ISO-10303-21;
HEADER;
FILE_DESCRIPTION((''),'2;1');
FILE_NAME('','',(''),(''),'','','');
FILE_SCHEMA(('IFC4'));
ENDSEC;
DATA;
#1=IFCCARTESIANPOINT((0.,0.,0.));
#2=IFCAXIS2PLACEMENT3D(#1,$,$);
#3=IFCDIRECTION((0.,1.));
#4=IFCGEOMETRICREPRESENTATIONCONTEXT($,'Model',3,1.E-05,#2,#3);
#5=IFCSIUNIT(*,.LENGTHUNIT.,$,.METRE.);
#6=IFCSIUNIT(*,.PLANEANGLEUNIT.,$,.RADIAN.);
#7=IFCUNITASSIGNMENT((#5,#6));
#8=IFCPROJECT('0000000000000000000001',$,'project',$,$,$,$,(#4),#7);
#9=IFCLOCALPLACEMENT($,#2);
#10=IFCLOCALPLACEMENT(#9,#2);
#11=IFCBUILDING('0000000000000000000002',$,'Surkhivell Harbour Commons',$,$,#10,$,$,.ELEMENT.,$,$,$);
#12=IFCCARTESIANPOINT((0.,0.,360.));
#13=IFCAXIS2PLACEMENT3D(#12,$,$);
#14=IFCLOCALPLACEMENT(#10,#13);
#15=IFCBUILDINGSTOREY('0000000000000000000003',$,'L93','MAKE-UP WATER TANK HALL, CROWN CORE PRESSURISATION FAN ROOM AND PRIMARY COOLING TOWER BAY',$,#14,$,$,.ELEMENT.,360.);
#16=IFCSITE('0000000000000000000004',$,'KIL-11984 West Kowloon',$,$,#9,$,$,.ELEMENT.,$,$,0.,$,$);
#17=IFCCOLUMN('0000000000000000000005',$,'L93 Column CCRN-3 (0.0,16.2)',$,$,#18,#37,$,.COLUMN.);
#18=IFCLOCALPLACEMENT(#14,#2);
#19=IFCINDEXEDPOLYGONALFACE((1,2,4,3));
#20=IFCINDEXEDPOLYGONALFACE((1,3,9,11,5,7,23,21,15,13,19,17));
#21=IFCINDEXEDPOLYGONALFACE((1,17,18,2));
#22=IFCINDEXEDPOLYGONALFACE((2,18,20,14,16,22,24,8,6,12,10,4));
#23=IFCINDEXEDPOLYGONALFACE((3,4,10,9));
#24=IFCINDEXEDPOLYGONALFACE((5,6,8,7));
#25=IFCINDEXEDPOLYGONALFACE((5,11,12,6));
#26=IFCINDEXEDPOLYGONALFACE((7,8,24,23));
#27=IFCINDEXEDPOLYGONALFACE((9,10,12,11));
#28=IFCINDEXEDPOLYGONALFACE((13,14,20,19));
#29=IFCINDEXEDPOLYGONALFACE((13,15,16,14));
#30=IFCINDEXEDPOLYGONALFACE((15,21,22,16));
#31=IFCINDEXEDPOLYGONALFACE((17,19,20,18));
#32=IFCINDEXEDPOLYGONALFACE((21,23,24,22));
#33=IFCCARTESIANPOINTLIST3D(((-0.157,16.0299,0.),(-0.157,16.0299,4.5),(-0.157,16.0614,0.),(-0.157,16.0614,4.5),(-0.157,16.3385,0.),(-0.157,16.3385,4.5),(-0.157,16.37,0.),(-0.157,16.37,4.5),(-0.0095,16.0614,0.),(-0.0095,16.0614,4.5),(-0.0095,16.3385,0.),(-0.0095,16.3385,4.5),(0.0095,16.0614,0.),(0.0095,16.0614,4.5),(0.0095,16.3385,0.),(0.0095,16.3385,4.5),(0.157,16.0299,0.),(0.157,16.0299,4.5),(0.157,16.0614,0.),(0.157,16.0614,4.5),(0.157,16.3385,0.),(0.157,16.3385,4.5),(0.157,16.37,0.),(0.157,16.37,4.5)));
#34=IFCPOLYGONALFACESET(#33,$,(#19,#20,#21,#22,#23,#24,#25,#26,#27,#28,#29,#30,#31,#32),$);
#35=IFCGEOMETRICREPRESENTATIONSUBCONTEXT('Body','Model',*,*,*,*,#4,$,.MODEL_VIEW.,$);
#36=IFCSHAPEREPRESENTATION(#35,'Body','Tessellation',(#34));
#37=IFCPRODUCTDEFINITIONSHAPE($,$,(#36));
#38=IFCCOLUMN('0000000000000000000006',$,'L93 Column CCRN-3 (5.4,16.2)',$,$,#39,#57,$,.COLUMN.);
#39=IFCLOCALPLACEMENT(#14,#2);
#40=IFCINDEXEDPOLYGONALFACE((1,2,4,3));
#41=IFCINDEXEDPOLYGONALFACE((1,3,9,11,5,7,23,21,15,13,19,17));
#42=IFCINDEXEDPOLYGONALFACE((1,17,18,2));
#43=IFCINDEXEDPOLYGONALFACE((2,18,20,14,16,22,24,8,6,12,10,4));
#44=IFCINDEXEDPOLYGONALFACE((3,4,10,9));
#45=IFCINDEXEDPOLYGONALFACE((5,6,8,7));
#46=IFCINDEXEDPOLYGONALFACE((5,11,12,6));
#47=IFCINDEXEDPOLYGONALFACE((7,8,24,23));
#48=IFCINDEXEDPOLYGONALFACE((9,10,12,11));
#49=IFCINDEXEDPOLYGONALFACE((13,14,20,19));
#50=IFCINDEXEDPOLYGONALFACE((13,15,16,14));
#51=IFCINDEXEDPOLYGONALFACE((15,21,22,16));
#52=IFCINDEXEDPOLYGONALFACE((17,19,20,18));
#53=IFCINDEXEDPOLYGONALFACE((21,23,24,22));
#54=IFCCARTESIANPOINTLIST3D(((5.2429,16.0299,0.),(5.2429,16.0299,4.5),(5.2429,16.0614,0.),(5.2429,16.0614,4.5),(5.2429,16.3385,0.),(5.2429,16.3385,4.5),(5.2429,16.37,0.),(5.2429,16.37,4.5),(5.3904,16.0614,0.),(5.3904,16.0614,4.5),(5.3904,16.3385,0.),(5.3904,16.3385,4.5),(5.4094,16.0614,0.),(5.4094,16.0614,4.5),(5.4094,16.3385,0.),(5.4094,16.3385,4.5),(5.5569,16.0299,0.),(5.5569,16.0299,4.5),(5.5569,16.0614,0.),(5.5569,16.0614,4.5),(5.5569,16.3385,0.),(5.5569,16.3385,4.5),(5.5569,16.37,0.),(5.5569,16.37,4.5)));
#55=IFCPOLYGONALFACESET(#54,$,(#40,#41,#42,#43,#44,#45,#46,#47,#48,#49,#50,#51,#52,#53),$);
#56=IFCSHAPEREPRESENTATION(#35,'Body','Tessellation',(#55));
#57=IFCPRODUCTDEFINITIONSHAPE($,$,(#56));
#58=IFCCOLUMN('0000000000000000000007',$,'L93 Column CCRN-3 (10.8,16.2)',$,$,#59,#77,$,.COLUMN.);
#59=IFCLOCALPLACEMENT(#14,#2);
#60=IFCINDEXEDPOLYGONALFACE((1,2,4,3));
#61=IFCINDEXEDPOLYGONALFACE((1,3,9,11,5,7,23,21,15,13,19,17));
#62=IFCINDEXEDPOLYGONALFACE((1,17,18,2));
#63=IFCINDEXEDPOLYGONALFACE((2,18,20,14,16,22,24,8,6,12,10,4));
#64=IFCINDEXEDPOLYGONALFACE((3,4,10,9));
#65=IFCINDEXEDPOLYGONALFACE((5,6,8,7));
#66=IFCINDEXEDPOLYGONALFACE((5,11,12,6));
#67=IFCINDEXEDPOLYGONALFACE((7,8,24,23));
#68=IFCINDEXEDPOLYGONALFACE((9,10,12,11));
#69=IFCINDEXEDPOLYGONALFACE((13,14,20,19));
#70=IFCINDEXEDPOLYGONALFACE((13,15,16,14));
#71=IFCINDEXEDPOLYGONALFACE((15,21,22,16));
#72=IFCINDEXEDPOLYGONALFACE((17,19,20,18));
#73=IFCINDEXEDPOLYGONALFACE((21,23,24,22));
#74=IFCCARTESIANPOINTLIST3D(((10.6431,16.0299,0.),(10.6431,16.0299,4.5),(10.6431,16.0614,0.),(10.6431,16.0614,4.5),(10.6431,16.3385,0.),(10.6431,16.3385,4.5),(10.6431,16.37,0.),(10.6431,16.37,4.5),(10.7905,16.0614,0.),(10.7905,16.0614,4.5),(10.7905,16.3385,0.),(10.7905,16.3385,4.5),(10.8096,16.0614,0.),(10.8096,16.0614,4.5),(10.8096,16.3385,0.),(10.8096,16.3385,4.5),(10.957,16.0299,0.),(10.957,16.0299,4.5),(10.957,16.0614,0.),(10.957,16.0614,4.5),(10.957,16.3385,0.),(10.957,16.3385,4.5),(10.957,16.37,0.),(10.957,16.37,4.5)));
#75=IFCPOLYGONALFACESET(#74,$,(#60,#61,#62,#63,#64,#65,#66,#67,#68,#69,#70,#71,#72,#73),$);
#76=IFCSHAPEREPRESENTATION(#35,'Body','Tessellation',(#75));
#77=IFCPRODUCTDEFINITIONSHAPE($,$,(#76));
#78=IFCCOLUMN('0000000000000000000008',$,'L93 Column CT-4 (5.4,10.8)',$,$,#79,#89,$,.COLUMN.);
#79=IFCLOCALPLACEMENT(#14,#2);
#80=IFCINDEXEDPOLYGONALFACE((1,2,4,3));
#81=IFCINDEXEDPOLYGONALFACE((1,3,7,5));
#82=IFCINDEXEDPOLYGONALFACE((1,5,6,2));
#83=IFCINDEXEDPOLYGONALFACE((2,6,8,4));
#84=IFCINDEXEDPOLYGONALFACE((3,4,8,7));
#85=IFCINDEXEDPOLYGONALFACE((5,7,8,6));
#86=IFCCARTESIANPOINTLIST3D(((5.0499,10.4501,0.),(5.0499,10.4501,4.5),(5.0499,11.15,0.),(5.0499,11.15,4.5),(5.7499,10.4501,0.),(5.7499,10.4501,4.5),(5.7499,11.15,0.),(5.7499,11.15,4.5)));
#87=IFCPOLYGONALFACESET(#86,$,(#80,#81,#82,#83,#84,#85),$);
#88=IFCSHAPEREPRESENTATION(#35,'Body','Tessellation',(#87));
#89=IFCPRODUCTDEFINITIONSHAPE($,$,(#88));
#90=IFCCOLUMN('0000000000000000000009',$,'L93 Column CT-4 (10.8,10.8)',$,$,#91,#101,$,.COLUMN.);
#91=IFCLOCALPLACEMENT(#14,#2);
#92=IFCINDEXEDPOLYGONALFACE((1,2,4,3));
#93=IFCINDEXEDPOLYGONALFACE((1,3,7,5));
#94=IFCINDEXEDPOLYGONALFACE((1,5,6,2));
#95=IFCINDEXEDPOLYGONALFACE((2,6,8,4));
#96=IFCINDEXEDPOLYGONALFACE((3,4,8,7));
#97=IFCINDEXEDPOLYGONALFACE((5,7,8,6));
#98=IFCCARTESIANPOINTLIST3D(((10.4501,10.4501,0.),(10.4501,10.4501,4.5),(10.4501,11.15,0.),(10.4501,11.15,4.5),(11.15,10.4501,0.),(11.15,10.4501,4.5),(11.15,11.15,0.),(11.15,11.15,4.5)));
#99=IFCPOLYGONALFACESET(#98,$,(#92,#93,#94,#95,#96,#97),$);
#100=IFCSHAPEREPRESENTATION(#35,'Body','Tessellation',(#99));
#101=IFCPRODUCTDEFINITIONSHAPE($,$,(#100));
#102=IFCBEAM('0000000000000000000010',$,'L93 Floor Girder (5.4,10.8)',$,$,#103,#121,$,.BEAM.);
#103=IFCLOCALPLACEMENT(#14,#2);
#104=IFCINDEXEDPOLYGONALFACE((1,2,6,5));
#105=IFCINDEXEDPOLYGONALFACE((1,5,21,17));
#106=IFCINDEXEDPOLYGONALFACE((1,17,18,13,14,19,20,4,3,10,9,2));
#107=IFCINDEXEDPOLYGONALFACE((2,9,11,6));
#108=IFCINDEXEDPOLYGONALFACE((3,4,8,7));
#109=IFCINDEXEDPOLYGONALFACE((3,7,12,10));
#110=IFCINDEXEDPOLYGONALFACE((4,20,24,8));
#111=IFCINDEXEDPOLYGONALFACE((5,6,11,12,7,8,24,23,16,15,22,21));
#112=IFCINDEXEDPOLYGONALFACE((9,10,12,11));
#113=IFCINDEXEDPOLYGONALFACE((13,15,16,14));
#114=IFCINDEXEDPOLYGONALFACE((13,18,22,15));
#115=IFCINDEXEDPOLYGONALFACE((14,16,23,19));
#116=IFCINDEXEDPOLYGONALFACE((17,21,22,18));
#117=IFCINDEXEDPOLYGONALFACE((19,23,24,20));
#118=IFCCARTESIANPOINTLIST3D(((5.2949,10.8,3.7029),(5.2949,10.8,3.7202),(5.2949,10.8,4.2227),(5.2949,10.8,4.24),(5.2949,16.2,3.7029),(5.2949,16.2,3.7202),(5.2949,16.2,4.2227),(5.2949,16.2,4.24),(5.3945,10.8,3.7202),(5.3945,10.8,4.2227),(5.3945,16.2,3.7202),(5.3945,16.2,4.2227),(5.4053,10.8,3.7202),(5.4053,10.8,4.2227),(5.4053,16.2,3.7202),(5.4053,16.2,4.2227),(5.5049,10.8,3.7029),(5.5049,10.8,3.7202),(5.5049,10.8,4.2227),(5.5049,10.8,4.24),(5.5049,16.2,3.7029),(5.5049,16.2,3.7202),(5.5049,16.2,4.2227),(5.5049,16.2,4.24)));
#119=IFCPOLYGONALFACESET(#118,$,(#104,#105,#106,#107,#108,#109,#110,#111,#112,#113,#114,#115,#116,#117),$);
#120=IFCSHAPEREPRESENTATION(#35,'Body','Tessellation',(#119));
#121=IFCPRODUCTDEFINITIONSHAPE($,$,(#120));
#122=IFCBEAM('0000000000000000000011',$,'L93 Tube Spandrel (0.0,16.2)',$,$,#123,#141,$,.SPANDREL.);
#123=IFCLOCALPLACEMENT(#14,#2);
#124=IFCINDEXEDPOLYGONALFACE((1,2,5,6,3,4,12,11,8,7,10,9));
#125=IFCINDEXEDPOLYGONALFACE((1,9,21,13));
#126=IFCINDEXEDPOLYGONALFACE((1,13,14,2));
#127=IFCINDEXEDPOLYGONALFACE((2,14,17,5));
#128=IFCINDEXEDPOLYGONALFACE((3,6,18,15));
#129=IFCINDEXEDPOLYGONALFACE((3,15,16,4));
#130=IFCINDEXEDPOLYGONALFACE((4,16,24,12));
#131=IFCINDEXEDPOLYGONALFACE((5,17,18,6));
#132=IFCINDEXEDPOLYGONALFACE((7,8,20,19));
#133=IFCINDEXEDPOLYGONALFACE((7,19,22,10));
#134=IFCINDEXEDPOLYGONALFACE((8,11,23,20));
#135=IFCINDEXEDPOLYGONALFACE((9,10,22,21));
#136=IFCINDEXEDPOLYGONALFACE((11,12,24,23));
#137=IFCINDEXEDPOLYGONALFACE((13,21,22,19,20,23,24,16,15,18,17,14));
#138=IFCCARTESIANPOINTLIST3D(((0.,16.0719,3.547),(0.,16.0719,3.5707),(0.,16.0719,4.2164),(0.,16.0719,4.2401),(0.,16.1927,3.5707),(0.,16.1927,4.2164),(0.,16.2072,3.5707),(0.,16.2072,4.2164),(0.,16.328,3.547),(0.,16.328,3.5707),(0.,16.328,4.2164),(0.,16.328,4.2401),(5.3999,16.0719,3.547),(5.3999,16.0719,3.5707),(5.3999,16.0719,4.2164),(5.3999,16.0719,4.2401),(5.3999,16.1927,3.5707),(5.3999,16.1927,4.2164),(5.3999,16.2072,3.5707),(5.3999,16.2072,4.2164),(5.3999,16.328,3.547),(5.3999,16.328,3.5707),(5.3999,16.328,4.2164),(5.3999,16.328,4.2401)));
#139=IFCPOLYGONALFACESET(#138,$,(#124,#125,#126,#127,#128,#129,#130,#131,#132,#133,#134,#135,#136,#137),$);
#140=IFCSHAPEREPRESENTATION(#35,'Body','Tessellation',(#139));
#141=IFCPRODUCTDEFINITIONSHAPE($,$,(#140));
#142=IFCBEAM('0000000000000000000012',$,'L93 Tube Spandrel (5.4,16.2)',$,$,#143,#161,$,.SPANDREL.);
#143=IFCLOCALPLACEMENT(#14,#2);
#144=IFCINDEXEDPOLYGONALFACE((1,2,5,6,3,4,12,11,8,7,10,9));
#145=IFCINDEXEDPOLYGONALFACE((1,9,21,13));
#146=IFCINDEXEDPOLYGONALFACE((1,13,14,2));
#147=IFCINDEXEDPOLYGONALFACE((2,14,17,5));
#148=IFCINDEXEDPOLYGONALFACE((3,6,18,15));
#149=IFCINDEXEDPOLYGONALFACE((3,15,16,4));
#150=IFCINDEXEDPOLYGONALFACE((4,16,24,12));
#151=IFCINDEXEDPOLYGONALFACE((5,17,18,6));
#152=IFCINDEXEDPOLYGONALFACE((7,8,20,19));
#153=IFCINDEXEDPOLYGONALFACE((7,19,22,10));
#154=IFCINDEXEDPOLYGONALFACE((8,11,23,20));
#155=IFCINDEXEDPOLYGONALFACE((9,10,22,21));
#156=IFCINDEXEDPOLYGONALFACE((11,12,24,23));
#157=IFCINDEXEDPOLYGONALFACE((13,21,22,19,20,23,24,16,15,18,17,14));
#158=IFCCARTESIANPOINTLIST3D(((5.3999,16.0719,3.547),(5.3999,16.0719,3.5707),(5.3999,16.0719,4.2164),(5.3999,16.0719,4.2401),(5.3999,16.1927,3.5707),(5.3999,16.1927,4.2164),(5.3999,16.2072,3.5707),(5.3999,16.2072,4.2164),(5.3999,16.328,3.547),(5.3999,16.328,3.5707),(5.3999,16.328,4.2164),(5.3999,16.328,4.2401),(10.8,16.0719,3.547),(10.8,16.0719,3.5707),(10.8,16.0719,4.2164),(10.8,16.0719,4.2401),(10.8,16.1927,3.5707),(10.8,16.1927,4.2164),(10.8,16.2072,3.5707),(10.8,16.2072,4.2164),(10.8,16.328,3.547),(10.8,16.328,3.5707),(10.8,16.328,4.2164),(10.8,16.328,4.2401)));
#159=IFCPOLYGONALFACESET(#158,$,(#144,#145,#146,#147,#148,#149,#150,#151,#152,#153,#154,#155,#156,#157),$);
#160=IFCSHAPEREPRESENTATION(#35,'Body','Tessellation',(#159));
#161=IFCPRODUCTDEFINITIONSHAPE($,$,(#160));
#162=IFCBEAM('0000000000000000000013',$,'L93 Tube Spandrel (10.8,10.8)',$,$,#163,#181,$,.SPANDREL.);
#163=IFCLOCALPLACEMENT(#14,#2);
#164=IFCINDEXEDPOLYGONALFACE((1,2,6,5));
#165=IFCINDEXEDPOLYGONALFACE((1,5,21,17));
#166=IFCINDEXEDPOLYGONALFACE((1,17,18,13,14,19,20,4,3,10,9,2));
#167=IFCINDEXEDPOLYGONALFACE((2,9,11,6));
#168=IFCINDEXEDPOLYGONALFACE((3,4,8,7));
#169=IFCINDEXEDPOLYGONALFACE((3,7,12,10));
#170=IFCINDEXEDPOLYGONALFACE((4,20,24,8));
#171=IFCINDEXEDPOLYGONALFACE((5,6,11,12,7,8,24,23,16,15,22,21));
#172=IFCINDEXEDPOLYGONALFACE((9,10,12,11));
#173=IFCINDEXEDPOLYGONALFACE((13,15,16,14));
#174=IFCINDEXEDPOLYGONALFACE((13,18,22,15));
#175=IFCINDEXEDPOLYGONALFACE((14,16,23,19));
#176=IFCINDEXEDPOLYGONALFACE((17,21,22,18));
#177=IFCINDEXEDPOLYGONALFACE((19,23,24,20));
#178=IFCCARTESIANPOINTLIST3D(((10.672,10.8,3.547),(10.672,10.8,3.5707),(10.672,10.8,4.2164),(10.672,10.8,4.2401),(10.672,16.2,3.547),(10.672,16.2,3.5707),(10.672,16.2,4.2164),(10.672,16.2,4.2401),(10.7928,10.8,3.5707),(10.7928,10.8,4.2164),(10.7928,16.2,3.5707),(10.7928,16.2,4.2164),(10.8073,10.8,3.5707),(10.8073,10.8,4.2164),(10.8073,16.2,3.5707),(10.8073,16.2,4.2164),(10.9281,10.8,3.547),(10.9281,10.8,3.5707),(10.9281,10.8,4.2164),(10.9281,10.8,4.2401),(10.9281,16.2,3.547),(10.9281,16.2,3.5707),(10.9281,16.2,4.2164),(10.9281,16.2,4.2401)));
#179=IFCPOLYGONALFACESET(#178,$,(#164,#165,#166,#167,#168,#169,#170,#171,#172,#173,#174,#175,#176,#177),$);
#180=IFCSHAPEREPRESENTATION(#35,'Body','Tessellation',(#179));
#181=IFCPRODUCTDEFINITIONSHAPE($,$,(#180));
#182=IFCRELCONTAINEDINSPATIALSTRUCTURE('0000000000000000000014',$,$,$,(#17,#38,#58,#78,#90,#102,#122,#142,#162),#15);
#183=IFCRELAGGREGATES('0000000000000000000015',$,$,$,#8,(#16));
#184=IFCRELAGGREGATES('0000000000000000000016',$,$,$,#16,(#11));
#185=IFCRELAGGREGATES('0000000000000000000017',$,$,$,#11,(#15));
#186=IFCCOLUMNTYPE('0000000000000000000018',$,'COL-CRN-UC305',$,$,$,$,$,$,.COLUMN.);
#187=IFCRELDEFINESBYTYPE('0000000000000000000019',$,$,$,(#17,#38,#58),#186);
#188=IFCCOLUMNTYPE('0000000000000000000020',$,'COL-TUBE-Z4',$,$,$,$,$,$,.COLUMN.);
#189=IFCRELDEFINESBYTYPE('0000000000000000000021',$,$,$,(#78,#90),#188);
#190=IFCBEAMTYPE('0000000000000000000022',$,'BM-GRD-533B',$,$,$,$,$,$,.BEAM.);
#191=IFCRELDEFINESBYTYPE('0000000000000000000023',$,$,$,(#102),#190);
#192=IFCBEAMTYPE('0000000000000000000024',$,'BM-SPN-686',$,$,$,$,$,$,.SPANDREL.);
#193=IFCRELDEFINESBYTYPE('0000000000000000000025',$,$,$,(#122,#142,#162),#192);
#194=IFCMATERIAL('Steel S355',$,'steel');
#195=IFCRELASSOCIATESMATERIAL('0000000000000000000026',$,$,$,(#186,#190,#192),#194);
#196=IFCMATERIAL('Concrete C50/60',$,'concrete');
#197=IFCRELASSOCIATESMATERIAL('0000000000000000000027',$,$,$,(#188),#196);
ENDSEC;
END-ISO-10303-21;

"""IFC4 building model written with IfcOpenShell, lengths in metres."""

from ifc_helpers import new_model, si_unit, direction, frame, origin, origin_2d, place, context, subcontext, project, spatial, rectangle, i_section, extrude, material, material_profile, profile_set, type_object, element, save


model = new_model("IFC4")

# Units and contexts
model_context = context("Model", 3, precision=1e-05, world=origin(), true_north=direction((0.0, 1.0)))
body_context = subcontext(model_context, "Body", "Model", "MODEL_VIEW")
ifc_project = project(units=[si_unit("LENGTHUNIT", "METRE"), si_unit("PLANEANGLEUNIT", "RADIAN")], contexts=[model_context])

# Site, building, storey
site_placement = place(None, origin())
site = spatial("IfcSite", under=ifc_project, at=site_placement, Name="KIL-11984 West Kowloon", CompositionType="ELEMENT", RefElevation=0.0)
building_placement = place(site_placement, origin())
building = spatial("IfcBuilding", under=site, at=building_placement, Name="Surkhivell Harbour Commons", CompositionType="ELEMENT")
storey_placement = place(building_placement, frame((0.0, 0.0, 360.0)))
storey = spatial("IfcBuildingStorey", under=building, at=storey_placement, Name="L93", Description="MAKE-UP WATER TANK HALL, CROWN CORE PRESSURISATION FAN ROOM AND PRIMARY COOLING TOWER BAY", CompositionType="ELEMENT", Elevation=360.0)

# Columns
ifc_material_1 = material(Name="Steel S355", Category="steel")
ifc_material_profile_1 = material_profile(ifc_material_1, i_section(OverallWidth=0.314, OverallDepth=0.3401, WebThickness=0.019, FlangeThickness=0.0315, at=origin_2d()), Name="UC305x305x198")
ifc_profile_set_1 = profile_set([ifc_material_profile_1], Name="Steel S355")
column_type_1 = type_object("IfcColumnType", Name="COL-CRN-UC305", PredefinedType="COLUMN", material=ifc_profile_set_1)
for number, where, z_axis, x_axis, name in (
    (1, (0.0, 16.2, 0.0), (0.0, 0.0, 1.0), (1.0, 0.0, 0.0), "L93 Column CCRN-3 (0.0,16.2)"),
    (2, (5.3999, 16.2, 0.0), (0.0, 0.0, 1.0), (1.0, 0.0, 0.0), "L93 Column CCRN-3 (5.4,16.2)"),
    (3, (10.8, 16.2, 0.0), (0.0, 0.0, 1.0), (1.0, 0.0, 0.0), "L93 Column CCRN-3 (10.8,16.2)"),
):
    element("IfcColumn", number, at=place(storey_placement, frame(where, z_axis=z_axis, x_axis=x_axis)), inside=storey, type_object=column_type_1, Name=name, PredefinedType="COLUMN", context=body_context, shape_type="SweptSolid", body=[
        extrude(i_section(OverallWidth=0.314, OverallDepth=0.3401, WebThickness=0.019, FlangeThickness=0.0315, at=origin_2d()), origin(), (0.0, 0.0, 1.0), 4.5),
    ])
ifc_material_2 = material(Name="Concrete C50/60", Category="concrete")
ifc_material_profile_2 = material_profile(ifc_material_2, rectangle(XDim=0.7, YDim=0.7, at=origin_2d()), Name="RC-COL-700x700")
ifc_profile_set_2 = profile_set([ifc_material_profile_2], Name="Concrete C50/60")
column_type_2 = type_object("IfcColumnType", Name="COL-TUBE-Z4", PredefinedType="COLUMN", material=ifc_profile_set_2)
for number, where, z_axis, x_axis, name in (
    (4, (5.3999, 10.8, 0.0), (0.0, 0.0, 1.0), (1.0, 0.0, 0.0), "L93 Column CT-4 (5.4,10.8)"),
    (5, (10.8, 10.8, 0.0), (0.0, 0.0, 1.0), (1.0, 0.0, 0.0), "L93 Column CT-4 (10.8,10.8)"),
):
    element("IfcColumn", number, at=place(storey_placement, frame(where, z_axis=z_axis, x_axis=x_axis)), inside=storey, type_object=column_type_2, Name=name, PredefinedType="COLUMN", context=body_context, shape_type="SweptSolid", body=[
        extrude(rectangle(XDim=0.7, YDim=0.7, at=origin_2d()), origin(), (0.0, 0.0, 1.0), 4.5),
    ])

# Beams
ifc_material_profile_3 = material_profile(ifc_material_1, i_section(OverallWidth=0.21, OverallDepth=0.5371, WebThickness=0.0107, FlangeThickness=0.0173, at=origin_2d()), Name="UB533x210x101")
ifc_profile_set_3 = profile_set([ifc_material_profile_3], Name="Steel S355")
beam_type_1 = type_object("IfcBeamType", Name="BM-GRD-533B", PredefinedType="BEAM", material=ifc_profile_set_3)
beam_1_placement = place(storey_placement, frame((5.3999, 10.8, 3.9714), z_axis=(0.0, 1.0, 0.0), x_axis=(-1.0, 0.0, 0.0)))
element("IfcBeam", 6, at=beam_1_placement, inside=storey, type_object=beam_type_1, Name="L93 Floor Girder (5.4,10.8)", PredefinedType="BEAM", context=body_context, shape_type="SweptSolid", body=[
    extrude(i_section(OverallWidth=0.21, OverallDepth=0.5371, WebThickness=0.0107, FlangeThickness=0.0173, at=origin_2d()), origin(), (0.0, 0.0, 1.0), 5.3999),
])
ifc_material_profile_4 = material_profile(ifc_material_1, i_section(OverallWidth=0.2561, OverallDepth=0.6931, WebThickness=0.0144, FlangeThickness=0.0237, at=origin_2d()), Name="UB686x254x170")
ifc_profile_set_4 = profile_set([ifc_material_profile_4], Name="Steel S355")
beam_type_2 = type_object("IfcBeamType", Name="BM-SPN-686", PredefinedType="SPANDREL", material=ifc_profile_set_4)
beam_2_placement = place(storey_placement, frame((0.0, 16.2, 3.8936), z_axis=(1.0, 0.0, 0.0), x_axis=(0.0, 1.0, 0.0)))
element("IfcBeam", 7, at=beam_2_placement, inside=storey, type_object=beam_type_2, Name="L93 Tube Spandrel (0.0,16.2)", PredefinedType="SPANDREL", context=body_context, shape_type="SweptSolid", body=[
    extrude(i_section(OverallWidth=0.2561, OverallDepth=0.6931, WebThickness=0.0144, FlangeThickness=0.0237, at=origin_2d()), origin(), (0.0, 0.0, 1.0), 5.3999),
])
beam_3_placement = place(storey_placement, frame((5.3999, 16.2, 3.8936), z_axis=(1.0, 0.0, 0.0), x_axis=(0.0, 1.0, 0.0)))
element("IfcBeam", 8, at=beam_3_placement, inside=storey, type_object=beam_type_2, Name="L93 Tube Spandrel (5.4,16.2)", PredefinedType="SPANDREL", context=body_context, shape_type="SweptSolid", body=[
    extrude(i_section(OverallWidth=0.2561, OverallDepth=0.6931, WebThickness=0.0144, FlangeThickness=0.0237, at=origin_2d()), origin(), (0.0, 0.0, 1.0), 5.4001),
])
beam_4_placement = place(storey_placement, frame((10.8, 10.8, 3.8936), z_axis=(0.0, 1.0, 0.0), x_axis=(-1.0, 0.0, 0.0)))
element("IfcBeam", 9, at=beam_4_placement, inside=storey, type_object=beam_type_2, Name="L93 Tube Spandrel (10.8,10.8)", PredefinedType="SPANDREL", context=body_context, shape_type="SweptSolid", body=[
    extrude(i_section(OverallWidth=0.2561, OverallDepth=0.6931, WebThickness=0.0144, FlangeThickness=0.0237, at=origin_2d()), origin(), (0.0, 0.0, 1.0), 5.3999),
])

save(model, "model.ifc")
